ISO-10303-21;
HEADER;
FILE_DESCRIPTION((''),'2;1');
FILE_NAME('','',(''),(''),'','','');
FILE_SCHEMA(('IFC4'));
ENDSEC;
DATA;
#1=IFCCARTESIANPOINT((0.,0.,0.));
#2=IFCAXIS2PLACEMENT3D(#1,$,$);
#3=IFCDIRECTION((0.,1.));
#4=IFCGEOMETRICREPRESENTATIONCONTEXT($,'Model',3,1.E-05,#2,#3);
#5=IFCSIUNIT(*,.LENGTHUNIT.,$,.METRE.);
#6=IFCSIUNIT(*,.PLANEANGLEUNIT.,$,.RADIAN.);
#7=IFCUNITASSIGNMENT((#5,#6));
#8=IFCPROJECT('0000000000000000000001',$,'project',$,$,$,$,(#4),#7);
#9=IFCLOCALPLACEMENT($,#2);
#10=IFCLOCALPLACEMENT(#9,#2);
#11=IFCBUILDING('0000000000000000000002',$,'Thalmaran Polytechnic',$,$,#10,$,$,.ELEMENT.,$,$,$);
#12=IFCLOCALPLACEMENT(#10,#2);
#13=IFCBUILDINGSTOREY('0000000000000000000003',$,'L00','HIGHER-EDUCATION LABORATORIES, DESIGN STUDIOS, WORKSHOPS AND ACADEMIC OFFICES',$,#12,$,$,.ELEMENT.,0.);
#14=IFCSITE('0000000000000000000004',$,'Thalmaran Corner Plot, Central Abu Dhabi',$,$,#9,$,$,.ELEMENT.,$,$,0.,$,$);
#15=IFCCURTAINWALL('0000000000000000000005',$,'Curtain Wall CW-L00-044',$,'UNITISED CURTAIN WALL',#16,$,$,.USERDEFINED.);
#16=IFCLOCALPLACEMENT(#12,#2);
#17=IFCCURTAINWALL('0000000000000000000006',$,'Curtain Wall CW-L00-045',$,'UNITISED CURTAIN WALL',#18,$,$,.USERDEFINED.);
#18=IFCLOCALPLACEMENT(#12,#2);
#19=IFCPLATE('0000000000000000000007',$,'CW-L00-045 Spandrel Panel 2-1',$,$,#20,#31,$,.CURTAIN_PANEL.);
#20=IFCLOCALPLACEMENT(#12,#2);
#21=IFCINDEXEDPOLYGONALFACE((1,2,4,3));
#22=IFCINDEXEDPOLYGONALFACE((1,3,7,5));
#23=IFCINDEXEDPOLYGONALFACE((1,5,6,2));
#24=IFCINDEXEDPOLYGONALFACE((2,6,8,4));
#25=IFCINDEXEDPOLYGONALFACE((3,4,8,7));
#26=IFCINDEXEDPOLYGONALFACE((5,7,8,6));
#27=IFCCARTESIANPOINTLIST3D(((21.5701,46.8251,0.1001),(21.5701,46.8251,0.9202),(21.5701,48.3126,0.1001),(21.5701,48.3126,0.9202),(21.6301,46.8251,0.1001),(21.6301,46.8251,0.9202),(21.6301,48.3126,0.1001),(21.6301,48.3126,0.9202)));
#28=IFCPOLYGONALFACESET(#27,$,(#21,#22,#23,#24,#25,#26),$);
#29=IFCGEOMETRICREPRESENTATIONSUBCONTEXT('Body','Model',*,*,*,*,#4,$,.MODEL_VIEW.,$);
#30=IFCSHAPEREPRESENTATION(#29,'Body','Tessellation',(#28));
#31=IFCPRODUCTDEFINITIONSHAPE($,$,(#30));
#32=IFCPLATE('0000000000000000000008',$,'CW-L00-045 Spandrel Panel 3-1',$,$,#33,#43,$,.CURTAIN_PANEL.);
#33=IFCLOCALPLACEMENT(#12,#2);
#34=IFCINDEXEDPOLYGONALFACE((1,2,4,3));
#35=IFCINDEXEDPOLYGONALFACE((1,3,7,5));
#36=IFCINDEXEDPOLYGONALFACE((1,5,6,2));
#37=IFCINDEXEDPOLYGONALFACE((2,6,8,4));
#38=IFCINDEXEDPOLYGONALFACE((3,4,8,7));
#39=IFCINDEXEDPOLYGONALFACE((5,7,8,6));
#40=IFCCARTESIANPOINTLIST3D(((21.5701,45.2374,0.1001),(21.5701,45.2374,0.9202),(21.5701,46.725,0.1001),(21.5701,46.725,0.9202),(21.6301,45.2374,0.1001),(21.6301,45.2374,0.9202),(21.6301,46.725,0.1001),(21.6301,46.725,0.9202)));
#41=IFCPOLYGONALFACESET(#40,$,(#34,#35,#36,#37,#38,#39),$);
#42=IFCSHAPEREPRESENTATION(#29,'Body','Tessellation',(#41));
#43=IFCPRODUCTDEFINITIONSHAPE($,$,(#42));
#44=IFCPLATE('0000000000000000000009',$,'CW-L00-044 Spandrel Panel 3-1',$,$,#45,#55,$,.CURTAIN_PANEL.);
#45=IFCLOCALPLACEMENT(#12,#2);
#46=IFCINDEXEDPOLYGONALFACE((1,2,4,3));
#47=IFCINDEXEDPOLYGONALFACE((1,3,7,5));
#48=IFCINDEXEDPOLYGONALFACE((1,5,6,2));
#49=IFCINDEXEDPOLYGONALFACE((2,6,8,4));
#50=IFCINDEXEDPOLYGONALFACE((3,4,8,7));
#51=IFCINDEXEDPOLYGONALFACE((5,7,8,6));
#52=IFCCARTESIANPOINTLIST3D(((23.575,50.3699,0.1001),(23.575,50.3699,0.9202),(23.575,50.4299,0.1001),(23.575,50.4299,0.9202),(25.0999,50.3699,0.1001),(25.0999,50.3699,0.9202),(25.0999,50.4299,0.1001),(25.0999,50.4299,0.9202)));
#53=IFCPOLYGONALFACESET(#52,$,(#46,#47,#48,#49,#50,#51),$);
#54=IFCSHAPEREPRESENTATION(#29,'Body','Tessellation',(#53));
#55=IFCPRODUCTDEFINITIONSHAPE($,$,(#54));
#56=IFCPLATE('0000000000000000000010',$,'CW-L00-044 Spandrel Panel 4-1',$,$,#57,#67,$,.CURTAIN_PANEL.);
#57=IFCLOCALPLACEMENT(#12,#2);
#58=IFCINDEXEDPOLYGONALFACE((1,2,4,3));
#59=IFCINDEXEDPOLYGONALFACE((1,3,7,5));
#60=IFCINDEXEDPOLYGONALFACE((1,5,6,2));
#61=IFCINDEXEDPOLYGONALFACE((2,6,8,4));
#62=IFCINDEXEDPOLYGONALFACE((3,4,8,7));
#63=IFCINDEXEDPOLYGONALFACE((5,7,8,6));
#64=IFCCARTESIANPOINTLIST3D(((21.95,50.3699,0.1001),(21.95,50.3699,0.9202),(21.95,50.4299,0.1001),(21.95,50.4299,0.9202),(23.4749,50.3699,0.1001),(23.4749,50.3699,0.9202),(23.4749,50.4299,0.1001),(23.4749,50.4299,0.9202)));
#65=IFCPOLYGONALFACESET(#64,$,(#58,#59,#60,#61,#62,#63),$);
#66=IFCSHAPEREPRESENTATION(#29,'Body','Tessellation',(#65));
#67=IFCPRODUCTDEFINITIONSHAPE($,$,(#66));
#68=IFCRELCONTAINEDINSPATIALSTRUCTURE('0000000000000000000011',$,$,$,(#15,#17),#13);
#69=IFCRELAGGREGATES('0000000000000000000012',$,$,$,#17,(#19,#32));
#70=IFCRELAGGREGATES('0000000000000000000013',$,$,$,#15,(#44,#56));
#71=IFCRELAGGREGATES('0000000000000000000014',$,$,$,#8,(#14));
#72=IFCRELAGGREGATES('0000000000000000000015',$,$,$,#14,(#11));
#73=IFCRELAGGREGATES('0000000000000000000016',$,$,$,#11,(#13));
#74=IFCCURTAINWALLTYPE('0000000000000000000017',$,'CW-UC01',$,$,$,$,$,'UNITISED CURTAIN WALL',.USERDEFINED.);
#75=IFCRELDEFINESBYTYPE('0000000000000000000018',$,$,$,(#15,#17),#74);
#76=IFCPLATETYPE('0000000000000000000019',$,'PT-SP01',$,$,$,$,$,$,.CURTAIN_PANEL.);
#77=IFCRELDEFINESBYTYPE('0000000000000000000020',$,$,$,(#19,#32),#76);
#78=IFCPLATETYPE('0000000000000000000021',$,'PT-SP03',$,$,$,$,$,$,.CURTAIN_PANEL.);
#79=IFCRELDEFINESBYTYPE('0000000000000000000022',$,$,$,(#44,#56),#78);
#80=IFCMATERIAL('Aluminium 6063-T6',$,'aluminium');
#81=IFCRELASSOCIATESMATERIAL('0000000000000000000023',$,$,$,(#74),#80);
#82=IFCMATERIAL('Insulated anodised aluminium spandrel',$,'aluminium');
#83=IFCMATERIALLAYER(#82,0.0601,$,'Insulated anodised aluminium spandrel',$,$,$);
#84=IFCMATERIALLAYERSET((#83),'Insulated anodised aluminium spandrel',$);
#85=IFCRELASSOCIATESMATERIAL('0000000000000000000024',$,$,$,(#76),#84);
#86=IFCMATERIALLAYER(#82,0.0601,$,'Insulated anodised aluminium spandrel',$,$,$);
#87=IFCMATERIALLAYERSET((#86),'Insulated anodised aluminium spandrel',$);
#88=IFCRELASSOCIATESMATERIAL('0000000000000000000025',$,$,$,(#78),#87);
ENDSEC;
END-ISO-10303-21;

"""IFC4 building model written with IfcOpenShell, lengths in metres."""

from ifc_helpers import new_model, si_unit, direction, frame, origin, origin_2d, place, context, subcontext, project, spatial, rectangle, extrude, material, layer, layer_set, type_object, element, aggregate, save


model = new_model("IFC4")

# Units and contexts
model_context = context("Model", 3, precision=1e-05, world=origin(), true_north=direction((0.0, 1.0)))
body_context = subcontext(model_context, "Body", "Model", "MODEL_VIEW")
ifc_project = project(units=[si_unit("LENGTHUNIT", "METRE"), si_unit("PLANEANGLEUNIT", "RADIAN")], contexts=[model_context])

# Site, building, storey
site_placement = place(None, origin())
site = spatial("IfcSite", under=ifc_project, at=site_placement, Name="Thalmaran Corner Plot, Central Abu Dhabi", CompositionType="ELEMENT", RefElevation=0.0)
building_placement = place(site_placement, origin())
building = spatial("IfcBuilding", under=site, at=building_placement, Name="Thalmaran Polytechnic", CompositionType="ELEMENT")
storey_placement = place(building_placement, origin())
storey = spatial("IfcBuildingStorey", under=building, at=storey_placement, Name="L00", Description="HIGHER-EDUCATION LABORATORIES, DESIGN STUDIOS, WORKSHOPS AND ACADEMIC OFFICES", CompositionType="ELEMENT", Elevation=0.0)

# Curtain walls
ifc_material_1 = material(Name="Aluminium 6063-T6", Category="aluminium")
curtain_wall_type = type_object("IfcCurtainWallType", Name="CW-UC01", ElementType="UNITISED CURTAIN WALL", PredefinedType="USERDEFINED", material=ifc_material_1)
curtain_wall_1_placement = place(storey_placement, origin())
curtain_wall_1 = element("IfcCurtainWall", 1, at=curtain_wall_1_placement, inside=storey, type_object=curtain_wall_type, Name="Curtain Wall CW-L00-044", ObjectType="UNITISED CURTAIN WALL", PredefinedType="USERDEFINED")
curtain_wall_2_placement = place(storey_placement, origin())
curtain_wall_2 = element("IfcCurtainWall", 2, at=curtain_wall_2_placement, inside=storey, type_object=curtain_wall_type, Name="Curtain Wall CW-L00-045", ObjectType="UNITISED CURTAIN WALL", PredefinedType="USERDEFINED")

# Plates
ifc_material_2 = material(Name="Insulated anodised aluminium spandrel", Category="aluminium")
ifc_layer_1 = layer(ifc_material_2, 0.0601, Name="Insulated anodised aluminium spandrel")
ifc_layer_set_1 = layer_set([ifc_layer_1], Name="Insulated anodised aluminium spandrel")
plate_type_1 = type_object("IfcPlateType", Name="PT-SP01", PredefinedType="CURTAIN_PANEL", material=ifc_layer_set_1)
plate_1_placement = place(storey_placement, frame((21.6001, 47.5688, 0.1001), z_axis=(0.0, 0.0, 1.0), x_axis=(0.0, -1.0, 0.0)))
plate_1 = element("IfcPlate", 3, at=plate_1_placement, type_object=plate_type_1, Name="CW-L00-045 Spandrel Panel 2-1", PredefinedType="CURTAIN_PANEL", context=body_context, shape_type="SweptSolid", body=[
    extrude(rectangle(XDim=1.4875, YDim=0.0601, at=origin_2d()), origin(), (0.0, 0.0, 1.0), 0.8201),
])
plate_2_placement = place(storey_placement, frame((21.6001, 45.9812, 0.1001), z_axis=(0.0, 0.0, 1.0), x_axis=(0.0, -1.0, 0.0)))
plate_2 = element("IfcPlate", 4, at=plate_2_placement, type_object=plate_type_1, Name="CW-L00-045 Spandrel Panel 3-1", PredefinedType="CURTAIN_PANEL", context=body_context, shape_type="SweptSolid", body=[
    extrude(rectangle(XDim=1.4875, YDim=0.0601, at=origin_2d()), origin(), (0.0, 0.0, 1.0), 0.8201),
])
aggregate(curtain_wall_2, [plate_1, plate_2])
ifc_layer_2 = layer(ifc_material_2, 0.0601, Name="Insulated anodised aluminium spandrel")
ifc_layer_set_2 = layer_set([ifc_layer_2], Name="Insulated anodised aluminium spandrel")
plate_type_2 = type_object("IfcPlateType", Name="PT-SP03", PredefinedType="CURTAIN_PANEL", material=ifc_layer_set_2)
plate_3_placement = place(storey_placement, frame((24.3374, 50.3999, 0.1001), z_axis=(0.0, 0.0, 1.0), x_axis=(-1.0, 0.0, 0.0)))
plate_3 = element("IfcPlate", 5, at=plate_3_placement, type_object=plate_type_2, Name="CW-L00-044 Spandrel Panel 3-1", PredefinedType="CURTAIN_PANEL", context=body_context, shape_type="SweptSolid", body=[
    extrude(rectangle(XDim=1.5249, YDim=0.0601, at=origin_2d()), origin(), (0.0, 0.0, 1.0), 0.8201),
])
plate_4_placement = place(storey_placement, frame((22.7124, 50.3999, 0.1001), z_axis=(0.0, 0.0, 1.0), x_axis=(-1.0, 0.0, 0.0)))
plate_4 = element("IfcPlate", 6, at=plate_4_placement, type_object=plate_type_2, Name="CW-L00-044 Spandrel Panel 4-1", PredefinedType="CURTAIN_PANEL", context=body_context, shape_type="SweptSolid", body=[
    extrude(rectangle(XDim=1.5249, YDim=0.0601, at=origin_2d()), origin(), (0.0, 0.0, 1.0), 0.8201),
])
aggregate(curtain_wall_1, [plate_3, plate_4])

save(model, "model.ifc")
